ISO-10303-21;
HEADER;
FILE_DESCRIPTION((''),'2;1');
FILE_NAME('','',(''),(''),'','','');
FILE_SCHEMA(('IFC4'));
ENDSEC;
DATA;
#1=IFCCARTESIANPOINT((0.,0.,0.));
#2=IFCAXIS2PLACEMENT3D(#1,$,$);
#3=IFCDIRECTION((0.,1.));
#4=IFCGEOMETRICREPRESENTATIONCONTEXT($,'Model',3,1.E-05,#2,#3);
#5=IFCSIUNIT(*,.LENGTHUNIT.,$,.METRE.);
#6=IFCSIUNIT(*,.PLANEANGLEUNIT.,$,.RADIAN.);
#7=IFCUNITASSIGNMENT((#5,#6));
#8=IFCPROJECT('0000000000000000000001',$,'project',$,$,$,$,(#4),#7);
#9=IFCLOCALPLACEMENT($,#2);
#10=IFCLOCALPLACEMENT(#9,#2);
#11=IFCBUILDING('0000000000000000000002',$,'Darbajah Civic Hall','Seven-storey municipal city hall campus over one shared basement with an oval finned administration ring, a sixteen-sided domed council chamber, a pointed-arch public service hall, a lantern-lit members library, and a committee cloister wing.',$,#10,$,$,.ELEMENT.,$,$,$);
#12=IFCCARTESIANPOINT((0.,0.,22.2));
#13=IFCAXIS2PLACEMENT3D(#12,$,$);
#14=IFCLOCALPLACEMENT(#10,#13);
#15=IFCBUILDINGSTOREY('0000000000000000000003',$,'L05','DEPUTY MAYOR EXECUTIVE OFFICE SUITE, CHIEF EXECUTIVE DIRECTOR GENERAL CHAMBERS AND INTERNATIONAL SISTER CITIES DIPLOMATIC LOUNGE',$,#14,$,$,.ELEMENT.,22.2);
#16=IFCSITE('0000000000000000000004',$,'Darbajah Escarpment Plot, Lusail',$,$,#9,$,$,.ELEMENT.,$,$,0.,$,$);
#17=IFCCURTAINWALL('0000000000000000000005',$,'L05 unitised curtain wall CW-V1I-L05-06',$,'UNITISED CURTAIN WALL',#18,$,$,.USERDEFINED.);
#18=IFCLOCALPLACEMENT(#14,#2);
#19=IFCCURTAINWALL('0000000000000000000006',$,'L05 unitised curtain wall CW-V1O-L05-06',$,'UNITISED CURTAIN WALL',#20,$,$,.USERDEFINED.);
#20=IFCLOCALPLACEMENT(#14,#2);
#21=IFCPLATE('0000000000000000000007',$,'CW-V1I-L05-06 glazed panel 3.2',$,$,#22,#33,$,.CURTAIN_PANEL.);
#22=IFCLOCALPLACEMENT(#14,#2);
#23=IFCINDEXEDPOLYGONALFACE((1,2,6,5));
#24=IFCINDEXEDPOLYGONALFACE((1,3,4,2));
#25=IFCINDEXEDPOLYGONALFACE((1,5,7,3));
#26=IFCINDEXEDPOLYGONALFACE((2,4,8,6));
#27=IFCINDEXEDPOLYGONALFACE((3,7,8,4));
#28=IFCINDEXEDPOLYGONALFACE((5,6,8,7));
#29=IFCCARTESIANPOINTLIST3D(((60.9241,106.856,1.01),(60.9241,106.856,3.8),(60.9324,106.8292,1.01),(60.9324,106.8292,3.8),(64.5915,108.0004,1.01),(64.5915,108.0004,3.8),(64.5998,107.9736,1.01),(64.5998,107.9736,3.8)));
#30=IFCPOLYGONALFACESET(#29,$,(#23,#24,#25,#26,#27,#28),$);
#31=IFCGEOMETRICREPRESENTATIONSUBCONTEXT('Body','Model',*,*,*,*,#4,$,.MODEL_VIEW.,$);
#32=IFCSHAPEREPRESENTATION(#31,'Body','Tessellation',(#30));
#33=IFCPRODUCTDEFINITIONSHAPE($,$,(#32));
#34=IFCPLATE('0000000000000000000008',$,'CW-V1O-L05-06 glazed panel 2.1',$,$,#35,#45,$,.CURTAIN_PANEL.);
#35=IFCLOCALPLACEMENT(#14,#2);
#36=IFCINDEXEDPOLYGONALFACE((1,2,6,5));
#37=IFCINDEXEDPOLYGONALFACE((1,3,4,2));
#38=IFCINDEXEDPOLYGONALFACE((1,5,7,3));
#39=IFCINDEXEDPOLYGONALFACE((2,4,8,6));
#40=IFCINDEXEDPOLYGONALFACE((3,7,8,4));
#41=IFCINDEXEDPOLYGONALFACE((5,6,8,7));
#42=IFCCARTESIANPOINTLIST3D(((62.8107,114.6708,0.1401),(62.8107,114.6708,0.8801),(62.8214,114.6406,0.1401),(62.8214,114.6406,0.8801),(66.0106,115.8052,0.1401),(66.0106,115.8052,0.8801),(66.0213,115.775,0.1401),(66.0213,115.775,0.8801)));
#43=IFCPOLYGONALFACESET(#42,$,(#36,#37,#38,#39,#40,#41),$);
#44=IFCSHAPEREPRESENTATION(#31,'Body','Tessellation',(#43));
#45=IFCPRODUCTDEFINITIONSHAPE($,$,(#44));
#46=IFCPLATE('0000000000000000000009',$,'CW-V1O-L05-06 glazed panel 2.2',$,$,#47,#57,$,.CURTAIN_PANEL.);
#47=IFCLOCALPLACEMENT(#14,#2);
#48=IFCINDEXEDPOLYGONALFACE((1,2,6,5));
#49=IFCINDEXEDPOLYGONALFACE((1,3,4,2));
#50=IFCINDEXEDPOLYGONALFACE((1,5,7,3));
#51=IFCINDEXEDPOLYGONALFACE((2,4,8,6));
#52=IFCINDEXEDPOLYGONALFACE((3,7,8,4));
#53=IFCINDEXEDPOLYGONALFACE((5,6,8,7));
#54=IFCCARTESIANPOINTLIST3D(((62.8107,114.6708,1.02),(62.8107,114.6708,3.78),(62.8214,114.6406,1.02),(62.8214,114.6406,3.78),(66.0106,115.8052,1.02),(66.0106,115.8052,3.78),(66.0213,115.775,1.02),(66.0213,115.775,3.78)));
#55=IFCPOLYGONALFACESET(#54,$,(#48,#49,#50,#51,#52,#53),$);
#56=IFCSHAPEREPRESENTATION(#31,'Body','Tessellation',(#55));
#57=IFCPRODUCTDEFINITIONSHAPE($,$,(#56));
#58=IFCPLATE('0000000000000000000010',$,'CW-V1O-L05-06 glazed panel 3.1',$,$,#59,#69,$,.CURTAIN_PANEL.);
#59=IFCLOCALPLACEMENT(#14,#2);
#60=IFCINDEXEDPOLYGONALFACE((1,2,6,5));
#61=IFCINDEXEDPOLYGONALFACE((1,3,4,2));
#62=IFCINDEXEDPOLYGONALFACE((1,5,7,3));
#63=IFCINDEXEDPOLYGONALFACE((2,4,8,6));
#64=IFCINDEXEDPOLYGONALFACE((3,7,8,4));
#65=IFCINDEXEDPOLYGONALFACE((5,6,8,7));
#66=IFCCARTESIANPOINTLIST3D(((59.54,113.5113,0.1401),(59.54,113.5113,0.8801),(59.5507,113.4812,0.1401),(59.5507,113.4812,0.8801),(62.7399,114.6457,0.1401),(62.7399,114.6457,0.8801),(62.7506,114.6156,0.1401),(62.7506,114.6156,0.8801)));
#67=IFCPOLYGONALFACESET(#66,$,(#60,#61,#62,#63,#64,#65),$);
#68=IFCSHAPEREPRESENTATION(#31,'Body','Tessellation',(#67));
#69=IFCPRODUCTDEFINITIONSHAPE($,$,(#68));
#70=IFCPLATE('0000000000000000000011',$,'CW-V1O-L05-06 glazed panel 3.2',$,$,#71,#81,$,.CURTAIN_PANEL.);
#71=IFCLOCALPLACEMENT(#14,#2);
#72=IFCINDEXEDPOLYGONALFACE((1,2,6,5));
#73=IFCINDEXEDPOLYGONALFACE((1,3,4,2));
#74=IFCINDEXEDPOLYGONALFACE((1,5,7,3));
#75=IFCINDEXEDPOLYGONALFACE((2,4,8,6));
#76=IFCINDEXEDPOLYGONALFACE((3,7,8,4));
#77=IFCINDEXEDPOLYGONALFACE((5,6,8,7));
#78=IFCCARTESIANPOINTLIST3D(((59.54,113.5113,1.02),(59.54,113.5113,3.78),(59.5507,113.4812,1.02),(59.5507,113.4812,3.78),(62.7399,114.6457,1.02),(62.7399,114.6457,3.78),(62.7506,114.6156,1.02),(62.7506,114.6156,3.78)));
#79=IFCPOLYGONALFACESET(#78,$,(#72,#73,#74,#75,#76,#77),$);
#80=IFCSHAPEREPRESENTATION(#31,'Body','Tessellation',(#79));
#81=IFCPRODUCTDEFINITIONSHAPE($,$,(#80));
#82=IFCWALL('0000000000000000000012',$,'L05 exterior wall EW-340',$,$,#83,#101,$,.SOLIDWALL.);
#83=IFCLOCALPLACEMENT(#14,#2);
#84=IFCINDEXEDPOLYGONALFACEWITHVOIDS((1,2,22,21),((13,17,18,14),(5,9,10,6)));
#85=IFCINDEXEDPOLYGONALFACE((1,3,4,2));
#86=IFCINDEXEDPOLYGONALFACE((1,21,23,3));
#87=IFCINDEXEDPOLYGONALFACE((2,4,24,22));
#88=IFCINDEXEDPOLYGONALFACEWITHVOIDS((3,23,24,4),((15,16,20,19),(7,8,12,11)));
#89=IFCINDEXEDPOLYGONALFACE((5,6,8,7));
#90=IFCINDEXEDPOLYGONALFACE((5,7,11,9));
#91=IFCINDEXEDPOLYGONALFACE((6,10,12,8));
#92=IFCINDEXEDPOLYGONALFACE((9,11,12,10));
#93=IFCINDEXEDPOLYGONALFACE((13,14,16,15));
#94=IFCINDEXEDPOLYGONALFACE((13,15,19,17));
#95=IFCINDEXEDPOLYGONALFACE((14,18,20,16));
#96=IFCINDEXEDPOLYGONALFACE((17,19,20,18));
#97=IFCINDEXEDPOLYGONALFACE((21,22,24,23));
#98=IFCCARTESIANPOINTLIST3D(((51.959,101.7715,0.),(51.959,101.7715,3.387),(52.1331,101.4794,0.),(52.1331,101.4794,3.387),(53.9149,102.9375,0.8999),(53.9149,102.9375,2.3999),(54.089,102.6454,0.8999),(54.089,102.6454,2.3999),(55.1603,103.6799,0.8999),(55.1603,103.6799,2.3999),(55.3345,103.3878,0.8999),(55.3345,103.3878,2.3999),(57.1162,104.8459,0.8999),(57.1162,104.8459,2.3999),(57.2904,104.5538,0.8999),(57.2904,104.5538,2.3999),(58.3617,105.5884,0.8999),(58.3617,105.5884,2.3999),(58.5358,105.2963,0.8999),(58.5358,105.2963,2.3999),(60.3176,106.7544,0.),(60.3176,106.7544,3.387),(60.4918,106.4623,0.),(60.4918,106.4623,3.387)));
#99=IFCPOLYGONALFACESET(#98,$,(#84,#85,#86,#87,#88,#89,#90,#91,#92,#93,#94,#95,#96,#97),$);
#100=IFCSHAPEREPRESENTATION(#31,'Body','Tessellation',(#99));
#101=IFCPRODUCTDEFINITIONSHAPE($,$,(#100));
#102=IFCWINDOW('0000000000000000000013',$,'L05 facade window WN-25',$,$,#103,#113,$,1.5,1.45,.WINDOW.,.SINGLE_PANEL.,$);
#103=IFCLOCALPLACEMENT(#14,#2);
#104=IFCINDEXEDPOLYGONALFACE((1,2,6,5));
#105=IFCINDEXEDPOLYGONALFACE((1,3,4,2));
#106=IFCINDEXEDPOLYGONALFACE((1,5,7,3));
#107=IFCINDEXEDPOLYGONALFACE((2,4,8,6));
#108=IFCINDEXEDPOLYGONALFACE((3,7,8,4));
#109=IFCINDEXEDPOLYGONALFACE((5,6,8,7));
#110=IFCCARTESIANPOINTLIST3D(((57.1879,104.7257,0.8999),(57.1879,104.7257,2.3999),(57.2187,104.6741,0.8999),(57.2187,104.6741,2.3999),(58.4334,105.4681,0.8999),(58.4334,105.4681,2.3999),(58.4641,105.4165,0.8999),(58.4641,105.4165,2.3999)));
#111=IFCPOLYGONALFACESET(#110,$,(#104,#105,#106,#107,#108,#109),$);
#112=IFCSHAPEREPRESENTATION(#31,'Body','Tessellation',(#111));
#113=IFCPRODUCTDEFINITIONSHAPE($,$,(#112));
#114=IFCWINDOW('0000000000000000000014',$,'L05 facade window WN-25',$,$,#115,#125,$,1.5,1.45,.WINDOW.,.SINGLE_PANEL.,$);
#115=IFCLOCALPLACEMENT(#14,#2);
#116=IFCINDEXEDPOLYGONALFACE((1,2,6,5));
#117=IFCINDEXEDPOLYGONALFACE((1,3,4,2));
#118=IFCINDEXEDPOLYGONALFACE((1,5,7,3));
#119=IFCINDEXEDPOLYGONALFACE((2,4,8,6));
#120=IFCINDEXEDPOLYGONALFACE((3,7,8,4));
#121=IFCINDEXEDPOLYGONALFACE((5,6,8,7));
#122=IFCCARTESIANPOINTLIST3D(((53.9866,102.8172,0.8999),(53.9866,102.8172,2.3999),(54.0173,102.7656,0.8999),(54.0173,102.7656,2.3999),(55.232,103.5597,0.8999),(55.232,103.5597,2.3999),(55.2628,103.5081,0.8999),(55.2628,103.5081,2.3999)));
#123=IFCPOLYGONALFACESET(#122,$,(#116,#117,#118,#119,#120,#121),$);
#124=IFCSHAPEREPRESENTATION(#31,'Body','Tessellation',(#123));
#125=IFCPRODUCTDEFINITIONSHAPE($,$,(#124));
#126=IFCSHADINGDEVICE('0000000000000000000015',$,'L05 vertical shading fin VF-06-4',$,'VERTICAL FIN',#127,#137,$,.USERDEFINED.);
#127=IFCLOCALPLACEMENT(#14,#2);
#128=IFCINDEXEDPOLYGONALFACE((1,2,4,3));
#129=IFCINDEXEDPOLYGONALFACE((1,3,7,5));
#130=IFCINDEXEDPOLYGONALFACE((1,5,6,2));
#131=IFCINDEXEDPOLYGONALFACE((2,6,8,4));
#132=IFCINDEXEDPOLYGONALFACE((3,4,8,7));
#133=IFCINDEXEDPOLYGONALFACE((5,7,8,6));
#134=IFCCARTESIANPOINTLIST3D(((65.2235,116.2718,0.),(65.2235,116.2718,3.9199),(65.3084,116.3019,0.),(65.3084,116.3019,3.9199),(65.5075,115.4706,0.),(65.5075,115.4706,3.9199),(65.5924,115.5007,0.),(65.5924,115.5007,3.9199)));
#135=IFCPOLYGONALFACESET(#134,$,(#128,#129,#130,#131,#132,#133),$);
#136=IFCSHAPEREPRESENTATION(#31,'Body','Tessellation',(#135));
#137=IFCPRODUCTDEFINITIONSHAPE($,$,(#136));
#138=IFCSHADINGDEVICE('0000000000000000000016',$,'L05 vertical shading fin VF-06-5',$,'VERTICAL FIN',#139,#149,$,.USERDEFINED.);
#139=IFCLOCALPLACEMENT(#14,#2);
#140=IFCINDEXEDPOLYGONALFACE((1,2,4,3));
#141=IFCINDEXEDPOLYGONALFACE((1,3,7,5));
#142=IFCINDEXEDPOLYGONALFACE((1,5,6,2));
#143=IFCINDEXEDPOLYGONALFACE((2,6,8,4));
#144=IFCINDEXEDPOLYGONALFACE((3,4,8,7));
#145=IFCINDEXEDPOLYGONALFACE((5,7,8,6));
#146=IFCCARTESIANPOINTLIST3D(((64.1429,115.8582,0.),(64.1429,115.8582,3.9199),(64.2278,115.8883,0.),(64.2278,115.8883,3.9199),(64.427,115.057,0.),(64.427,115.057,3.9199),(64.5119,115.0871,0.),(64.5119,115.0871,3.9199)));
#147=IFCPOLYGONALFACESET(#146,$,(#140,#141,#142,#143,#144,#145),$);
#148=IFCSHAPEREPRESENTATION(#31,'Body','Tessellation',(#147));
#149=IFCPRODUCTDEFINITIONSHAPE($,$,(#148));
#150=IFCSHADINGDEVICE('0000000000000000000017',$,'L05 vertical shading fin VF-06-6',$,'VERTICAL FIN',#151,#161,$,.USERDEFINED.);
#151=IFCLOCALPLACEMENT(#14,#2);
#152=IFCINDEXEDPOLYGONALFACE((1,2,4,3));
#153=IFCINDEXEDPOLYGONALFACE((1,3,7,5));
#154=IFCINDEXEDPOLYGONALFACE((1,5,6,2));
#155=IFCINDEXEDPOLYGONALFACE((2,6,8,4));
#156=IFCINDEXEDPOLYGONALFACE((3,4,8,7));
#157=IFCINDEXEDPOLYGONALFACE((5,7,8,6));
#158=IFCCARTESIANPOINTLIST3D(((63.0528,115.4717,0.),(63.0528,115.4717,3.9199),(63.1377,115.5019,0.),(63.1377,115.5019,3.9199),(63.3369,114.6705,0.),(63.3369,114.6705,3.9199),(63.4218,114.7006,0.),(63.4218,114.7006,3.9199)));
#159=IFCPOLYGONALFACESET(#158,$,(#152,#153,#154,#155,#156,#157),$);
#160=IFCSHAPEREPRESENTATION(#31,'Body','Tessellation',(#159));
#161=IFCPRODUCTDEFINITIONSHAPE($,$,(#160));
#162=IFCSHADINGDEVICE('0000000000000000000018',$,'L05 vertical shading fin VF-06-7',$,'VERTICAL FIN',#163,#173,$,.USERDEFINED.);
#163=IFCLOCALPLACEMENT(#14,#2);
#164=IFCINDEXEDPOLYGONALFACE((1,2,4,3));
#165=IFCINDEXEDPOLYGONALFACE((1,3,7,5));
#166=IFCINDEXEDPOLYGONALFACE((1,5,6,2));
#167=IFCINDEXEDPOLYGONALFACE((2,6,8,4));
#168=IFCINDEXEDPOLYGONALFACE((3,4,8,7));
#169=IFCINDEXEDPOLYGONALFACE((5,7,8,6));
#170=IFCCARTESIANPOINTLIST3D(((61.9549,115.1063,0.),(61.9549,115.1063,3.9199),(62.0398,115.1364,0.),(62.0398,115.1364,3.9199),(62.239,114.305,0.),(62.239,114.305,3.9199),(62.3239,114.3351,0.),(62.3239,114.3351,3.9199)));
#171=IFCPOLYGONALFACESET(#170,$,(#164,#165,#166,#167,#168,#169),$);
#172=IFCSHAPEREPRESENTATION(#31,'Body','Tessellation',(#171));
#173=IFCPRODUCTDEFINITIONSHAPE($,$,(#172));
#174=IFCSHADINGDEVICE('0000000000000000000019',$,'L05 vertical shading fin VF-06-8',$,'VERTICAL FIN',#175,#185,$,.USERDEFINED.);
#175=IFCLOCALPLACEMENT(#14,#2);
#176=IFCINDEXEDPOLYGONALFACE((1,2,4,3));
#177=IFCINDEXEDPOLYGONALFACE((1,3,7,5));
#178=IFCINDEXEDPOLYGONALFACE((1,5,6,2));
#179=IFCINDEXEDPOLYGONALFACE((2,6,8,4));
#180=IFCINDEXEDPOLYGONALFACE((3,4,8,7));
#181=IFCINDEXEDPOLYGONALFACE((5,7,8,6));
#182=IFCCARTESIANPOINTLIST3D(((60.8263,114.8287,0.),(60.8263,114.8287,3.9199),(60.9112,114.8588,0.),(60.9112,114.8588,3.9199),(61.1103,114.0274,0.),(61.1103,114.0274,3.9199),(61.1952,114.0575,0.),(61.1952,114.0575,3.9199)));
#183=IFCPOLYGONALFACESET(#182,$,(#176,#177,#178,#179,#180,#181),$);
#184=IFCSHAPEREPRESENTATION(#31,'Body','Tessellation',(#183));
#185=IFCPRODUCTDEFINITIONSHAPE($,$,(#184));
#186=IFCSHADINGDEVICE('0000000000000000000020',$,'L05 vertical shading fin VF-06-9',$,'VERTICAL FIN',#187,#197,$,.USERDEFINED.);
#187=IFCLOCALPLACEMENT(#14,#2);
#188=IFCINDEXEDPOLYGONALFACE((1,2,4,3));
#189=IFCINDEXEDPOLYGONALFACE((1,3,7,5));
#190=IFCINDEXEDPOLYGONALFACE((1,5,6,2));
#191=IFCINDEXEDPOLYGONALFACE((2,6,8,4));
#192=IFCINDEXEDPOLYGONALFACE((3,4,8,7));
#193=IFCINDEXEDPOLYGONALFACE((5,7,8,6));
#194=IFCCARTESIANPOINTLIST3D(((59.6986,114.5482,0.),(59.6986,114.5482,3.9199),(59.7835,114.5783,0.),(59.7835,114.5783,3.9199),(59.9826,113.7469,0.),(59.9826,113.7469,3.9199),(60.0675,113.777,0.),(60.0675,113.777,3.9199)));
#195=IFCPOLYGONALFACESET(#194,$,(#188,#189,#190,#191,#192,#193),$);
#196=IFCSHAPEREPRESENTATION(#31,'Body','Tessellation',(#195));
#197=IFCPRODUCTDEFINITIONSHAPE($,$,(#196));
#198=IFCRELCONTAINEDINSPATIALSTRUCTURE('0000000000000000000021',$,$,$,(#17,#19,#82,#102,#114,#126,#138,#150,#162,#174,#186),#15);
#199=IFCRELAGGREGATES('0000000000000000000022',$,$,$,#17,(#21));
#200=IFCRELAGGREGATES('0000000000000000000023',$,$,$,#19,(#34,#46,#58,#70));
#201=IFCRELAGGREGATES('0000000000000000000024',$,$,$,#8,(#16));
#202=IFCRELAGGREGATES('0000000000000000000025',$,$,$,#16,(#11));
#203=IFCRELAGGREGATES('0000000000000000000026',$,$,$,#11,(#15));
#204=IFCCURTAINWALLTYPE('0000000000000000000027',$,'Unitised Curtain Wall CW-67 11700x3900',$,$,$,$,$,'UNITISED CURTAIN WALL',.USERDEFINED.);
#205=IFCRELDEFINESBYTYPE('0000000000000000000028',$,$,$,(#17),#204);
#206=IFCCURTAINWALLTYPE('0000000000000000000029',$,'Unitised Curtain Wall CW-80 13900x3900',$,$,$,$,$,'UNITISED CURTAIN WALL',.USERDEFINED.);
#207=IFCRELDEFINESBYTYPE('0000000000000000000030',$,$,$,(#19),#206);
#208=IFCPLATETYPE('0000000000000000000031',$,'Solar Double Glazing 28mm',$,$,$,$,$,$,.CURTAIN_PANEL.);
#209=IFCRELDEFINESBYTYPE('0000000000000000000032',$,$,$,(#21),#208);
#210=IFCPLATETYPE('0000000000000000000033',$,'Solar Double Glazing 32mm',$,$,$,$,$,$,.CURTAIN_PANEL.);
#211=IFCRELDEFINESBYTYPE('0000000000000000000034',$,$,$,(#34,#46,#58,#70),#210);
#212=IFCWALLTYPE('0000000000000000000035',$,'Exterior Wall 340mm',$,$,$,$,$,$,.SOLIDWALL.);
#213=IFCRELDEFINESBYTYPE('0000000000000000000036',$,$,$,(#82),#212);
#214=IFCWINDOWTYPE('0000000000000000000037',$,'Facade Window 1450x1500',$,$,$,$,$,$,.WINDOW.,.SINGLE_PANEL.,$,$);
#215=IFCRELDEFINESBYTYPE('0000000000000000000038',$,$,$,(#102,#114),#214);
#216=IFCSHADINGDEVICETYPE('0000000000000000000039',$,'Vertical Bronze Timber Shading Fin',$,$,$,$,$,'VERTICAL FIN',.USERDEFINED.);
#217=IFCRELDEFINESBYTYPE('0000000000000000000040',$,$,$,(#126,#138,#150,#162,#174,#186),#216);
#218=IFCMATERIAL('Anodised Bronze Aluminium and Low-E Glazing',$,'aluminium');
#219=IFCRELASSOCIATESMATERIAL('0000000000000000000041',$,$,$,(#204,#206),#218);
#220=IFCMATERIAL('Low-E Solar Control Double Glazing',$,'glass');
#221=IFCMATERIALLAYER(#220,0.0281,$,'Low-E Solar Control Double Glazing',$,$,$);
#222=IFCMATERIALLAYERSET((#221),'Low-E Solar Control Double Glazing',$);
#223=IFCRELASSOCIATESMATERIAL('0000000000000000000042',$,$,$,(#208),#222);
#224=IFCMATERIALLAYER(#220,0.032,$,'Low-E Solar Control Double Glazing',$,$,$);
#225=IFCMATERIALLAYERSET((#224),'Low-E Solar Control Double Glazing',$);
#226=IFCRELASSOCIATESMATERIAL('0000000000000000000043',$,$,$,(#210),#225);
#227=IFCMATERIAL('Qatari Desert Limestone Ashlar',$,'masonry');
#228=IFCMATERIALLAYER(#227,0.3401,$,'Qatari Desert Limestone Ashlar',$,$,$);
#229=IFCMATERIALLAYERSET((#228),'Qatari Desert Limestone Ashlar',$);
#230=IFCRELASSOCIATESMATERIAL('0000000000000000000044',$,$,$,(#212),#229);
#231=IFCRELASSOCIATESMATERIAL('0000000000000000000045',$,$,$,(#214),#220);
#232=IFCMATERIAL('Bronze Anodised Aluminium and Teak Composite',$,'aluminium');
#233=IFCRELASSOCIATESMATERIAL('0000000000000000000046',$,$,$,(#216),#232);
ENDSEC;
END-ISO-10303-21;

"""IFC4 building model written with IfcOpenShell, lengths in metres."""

from ifc_helpers import new_model, si_unit, direction, frame, frame_2d, origin, origin_2d, place, context, subcontext, project, spatial, rectangle, extrude, material, layer, layer_set, type_object, element, fill, aggregate, save


model = new_model("IFC4")

# Units and contexts
model_context = context("Model", 3, precision=1e-05, world=origin(), true_north=direction((0.0, 1.0)))
body_context = subcontext(model_context, "Body", "Model", "MODEL_VIEW")
ifc_project = project(units=[si_unit("LENGTHUNIT", "METRE"), si_unit("PLANEANGLEUNIT", "RADIAN")], contexts=[model_context])

# Site, building, storey
site_placement = place(None, origin())
site = spatial("IfcSite", under=ifc_project, at=site_placement, Name="Darbajah Escarpment Plot, Lusail", CompositionType="ELEMENT", RefElevation=0.0)
building_placement = place(site_placement, origin())
building = spatial("IfcBuilding", under=site, at=building_placement, Name="Darbajah Civic Hall", Description="Seven-storey municipal city hall campus over one shared basement with an oval finned administration ring, a sixteen-sided domed council chamber, a pointed-arch public service hall, a lantern-lit members library, and a committee cloister wing.", CompositionType="ELEMENT")
storey_placement = place(building_placement, frame((0.0, 0.0, 22.2)))
storey = spatial("IfcBuildingStorey", under=building, at=storey_placement, Name="L05", Description="DEPUTY MAYOR EXECUTIVE OFFICE SUITE, CHIEF EXECUTIVE DIRECTOR GENERAL CHAMBERS AND INTERNATIONAL SISTER CITIES DIPLOMATIC LOUNGE", CompositionType="ELEMENT", Elevation=22.2)

# Curtain walls
ifc_material_1 = material(Name="Anodised Bronze Aluminium and Low-E Glazing", Category="aluminium")
curtain_wall_type_1 = type_object("IfcCurtainWallType", Name="Unitised Curtain Wall CW-67 11700x3900", ElementType="UNITISED CURTAIN WALL", PredefinedType="USERDEFINED", material=ifc_material_1)
curtain_wall_1_placement = place(storey_placement, origin())
curtain_wall_1 = element("IfcCurtainWall", 1, at=curtain_wall_1_placement, inside=storey, type_object=curtain_wall_type_1, Name="L05 unitised curtain wall CW-V1I-L05-06", ObjectType="UNITISED CURTAIN WALL", PredefinedType="USERDEFINED")
curtain_wall_type_2 = type_object("IfcCurtainWallType", Name="Unitised Curtain Wall CW-80 13900x3900", ElementType="UNITISED CURTAIN WALL", PredefinedType="USERDEFINED", material=ifc_material_1)
curtain_wall_2_placement = place(storey_placement, origin())
curtain_wall_2 = element("IfcCurtainWall", 2, at=curtain_wall_2_placement, inside=storey, type_object=curtain_wall_type_2, Name="L05 unitised curtain wall CW-V1O-L05-06", ObjectType="UNITISED CURTAIN WALL", PredefinedType="USERDEFINED")

# Plates
ifc_material_2 = material(Name="Low-E Solar Control Double Glazing", Category="glass")
ifc_layer_1 = layer(ifc_material_2, 0.0281, Name="Low-E Solar Control Double Glazing")
ifc_layer_set_1 = layer_set([ifc_layer_1], Name="Low-E Solar Control Double Glazing")
plate_type_1 = type_object("IfcPlateType", Name="Solar Double Glazing 28mm", PredefinedType="CURTAIN_PANEL", material=ifc_layer_set_1)
plate_1_placement = place(storey_placement, frame((62.762, 107.4148, 1.01), z_axis=(0.0, 0.0, 1.0), x_axis=(-0.954605, -0.297875, 0.0)))
plate_1 = element("IfcPlate", 3, at=plate_1_placement, type_object=plate_type_1, Name="CW-V1I-L05-06 glazed panel 3.2", PredefinedType="CURTAIN_PANEL", context=body_context, shape_type="SweptSolid", body=[
    extrude(rectangle(XDim=3.8418, YDim=0.0281, at=origin_2d()), origin(), (0.0, 0.0, 1.0), 2.79),
])
aggregate(curtain_wall_1, [plate_1])
ifc_layer_2 = layer(ifc_material_2, 0.032, Name="Low-E Solar Control Double Glazing")
ifc_layer_set_2 = layer_set([ifc_layer_2], Name="Low-E Solar Control Double Glazing")
plate_type_2 = type_object("IfcPlateType", Name="Solar Double Glazing 32mm", PredefinedType="CURTAIN_PANEL", material=ifc_layer_set_2)
plate_2_placement = place(storey_placement, frame((64.416, 115.2229, 0.1401), z_axis=(0.0, 0.0, 1.0), x_axis=(-0.942525, -0.334136, 0.0)))
plate_2 = element("IfcPlate", 4, at=plate_2_placement, type_object=plate_type_2, Name="CW-V1O-L05-06 glazed panel 2.1", PredefinedType="CURTAIN_PANEL", context=body_context, shape_type="SweptSolid", body=[
    extrude(rectangle(XDim=3.395, YDim=0.032, at=origin_2d()), origin(), (0.0, 0.0, 1.0), 0.74),
])
plate_3_placement = place(storey_placement, frame((64.416, 115.2229, 1.02), z_axis=(0.0, 0.0, 1.0), x_axis=(-0.942525, -0.334136, 0.0)))
plate_3 = element("IfcPlate", 5, at=plate_3_placement, type_object=plate_type_2, Name="CW-V1O-L05-06 glazed panel 2.2", PredefinedType="CURTAIN_PANEL", context=body_context, shape_type="SweptSolid", body=[
    extrude(rectangle(XDim=3.395, YDim=0.032, at=origin_2d()), origin(), (0.0, 0.0, 1.0), 2.76),
])
plate_4_placement = place(storey_placement, frame((61.1453, 114.0635, 0.1401), z_axis=(0.0, 0.0, 1.0), x_axis=(-0.942525, -0.334136, 0.0)))
plate_4 = element("IfcPlate", 6, at=plate_4_placement, type_object=plate_type_2, Name="CW-V1O-L05-06 glazed panel 3.1", PredefinedType="CURTAIN_PANEL", context=body_context, shape_type="SweptSolid", body=[
    extrude(rectangle(XDim=3.395, YDim=0.032, at=origin_2d()), origin(), (0.0, 0.0, 1.0), 0.74),
])
plate_5_placement = place(storey_placement, frame((61.1453, 114.0635, 1.02), z_axis=(0.0, 0.0, 1.0), x_axis=(-0.942525, -0.334136, 0.0)))
plate_5 = element("IfcPlate", 7, at=plate_5_placement, type_object=plate_type_2, Name="CW-V1O-L05-06 glazed panel 3.2", PredefinedType="CURTAIN_PANEL", context=body_context, shape_type="SweptSolid", body=[
    extrude(rectangle(XDim=3.395, YDim=0.032, at=origin_2d()), origin(), (0.0, 0.0, 1.0), 2.76),
])
aggregate(curtain_wall_2, [plate_2, plate_3, plate_4, plate_5])

# Wall, openings, windows
ifc_material_3 = material(Name="Qatari Desert Limestone Ashlar", Category="masonry")
ifc_layer_3 = layer(ifc_material_3, 0.3401, Name="Qatari Desert Limestone Ashlar")
ifc_layer_set_3 = layer_set([ifc_layer_3], Name="Qatari Desert Limestone Ashlar")
wall_type = type_object("IfcWallType", Name="Exterior Wall 340mm", PredefinedType="SOLIDWALL", material=ifc_layer_set_3)
wall_placement = place(storey_placement, frame((60.4048, 106.6084, 0.0), z_axis=(0.0, 0.0, 1.0), x_axis=(-0.858953, -0.512055, 0.0)))
wall = element("IfcWall", 8, at=wall_placement, inside=storey, type_object=wall_type, Name="L05 exterior wall EW-340", PredefinedType="SOLIDWALL", context=body_context, shape_type="SweptSolid", body=[
    extrude(rectangle(XDim=9.7312, YDim=0.3401, at=frame_2d((4.8657, 0.0))), origin(), (0.0, 0.0, 1.0), 3.387),
])
opening_1_placement = place(wall_placement, frame((2.2771, 0.0, 0.8999)))
opening_1 = element("IfcOpeningElement", 9, at=opening_1_placement, cuts=wall, PredefinedType="OPENING", context=body_context, shape_type="SweptSolid", body=[
    extrude(rectangle(XDim=1.45, YDim=1.5, at=frame_2d((0.7251, 0.75))), frame((0.0, 0.1799, 0.0), z_axis=(0.0, -1.0, 0.0), x_axis=(1.0, 0.0, 0.0)), (0.0, 0.0, 1.0), 0.3601),
])
opening_2_placement = place(wall_placement, frame((6.0042, 0.0, 0.8999)))
opening_2 = element("IfcOpeningElement", 10, at=opening_2_placement, cuts=wall, PredefinedType="OPENING", context=body_context, shape_type="SweptSolid", body=[
    extrude(rectangle(XDim=1.45, YDim=1.5, at=frame_2d((0.7251, 0.75))), frame((0.0, 0.1799, 0.0), z_axis=(0.0, -1.0, 0.0), x_axis=(1.0, 0.0, 0.0)), (0.0, 0.0, 1.0), 0.3601),
])
window_type = type_object("IfcWindowType", Name="Facade Window 1450x1500", PartitioningType="SINGLE_PANEL", PredefinedType="WINDOW", material=ifc_material_2)
window_1_placement = place(opening_1_placement, origin())
window_1 = element("IfcWindow", 11, at=window_1_placement, inside=storey, type_object=window_type, Name="L05 facade window WN-25", OverallHeight=1.5, OverallWidth=1.45, PartitioningType="SINGLE_PANEL", PredefinedType="WINDOW", context=body_context, shape_type="SweptSolid", body=[
    extrude(rectangle(XDim=1.45, YDim=1.5, at=frame_2d((0.7251, 0.75))), frame((0.0, 0.03, 0.0), z_axis=(0.0, -1.0, 0.0), x_axis=(1.0, 0.0, 0.0)), (0.0, 0.0, 1.0), 0.0601),
])
fill(opening_1, window_1)
window_2_placement = place(opening_2_placement, origin())
window_2 = element("IfcWindow", 12, at=window_2_placement, inside=storey, type_object=window_type, Name="L05 facade window WN-25", OverallHeight=1.5, OverallWidth=1.45, PartitioningType="SINGLE_PANEL", PredefinedType="WINDOW", context=body_context, shape_type="SweptSolid", body=[
    extrude(rectangle(XDim=1.45, YDim=1.5, at=frame_2d((0.7251, 0.75))), frame((0.0, 0.03, 0.0), z_axis=(0.0, -1.0, 0.0), x_axis=(1.0, 0.0, 0.0)), (0.0, 0.0, 1.0), 0.0601),
])
fill(opening_2, window_2)

# Shading devices
ifc_material_4 = material(Name="Bronze Anodised Aluminium and Teak Composite", Category="aluminium")
shading_device_type = type_object("IfcShadingDeviceType", Name="Vertical Bronze Timber Shading Fin", ElementType="VERTICAL FIN", PredefinedType="USERDEFINED", material=ifc_material_4)
for number, where, z_axis, x_axis, name in (
    (13, (65.408, 115.8862, 0.0), (0.0, 0.0, 1.0), (-0.334136, 0.942525, 0.0), "L05 vertical shading fin VF-06-4"),
    (14, (64.3274, 115.4727, 0.0), (0.0, 0.0, 1.0), (-0.334136, 0.942525, 0.0), "L05 vertical shading fin VF-06-5"),
    (15, (63.2373, 115.0862, 0.0), (0.0, 0.0, 1.0), (-0.334136, 0.942525, 0.0), "L05 vertical shading fin VF-06-6"),
    (16, (62.1394, 114.7207, 0.0), (0.0, 0.0, 1.0), (-0.334136, 0.942525, 0.0), "L05 vertical shading fin VF-06-7"),
    (17, (61.0107, 114.4431, 0.0), (0.0, 0.0, 1.0), (-0.334136, 0.942525, 0.0), "L05 vertical shading fin VF-06-8"),
    (18, (59.8831, 114.1626, 0.0), (0.0, 0.0, 1.0), (-0.334136, 0.942525, 0.0), "L05 vertical shading fin VF-06-9"),
):
    element("IfcShadingDevice", number, at=place(storey_placement, frame(where, z_axis=z_axis, x_axis=x_axis)), inside=storey, type_object=shading_device_type, Name=name, ObjectType="VERTICAL FIN", PredefinedType="USERDEFINED", context=body_context, shape_type="SweptSolid", body=[
        extrude(rectangle(XDim=0.8501, YDim=0.0901, at=origin_2d()), origin(), (0.0, 0.0, 1.0), 3.9199),
    ])

save(model, "model.ifc")
